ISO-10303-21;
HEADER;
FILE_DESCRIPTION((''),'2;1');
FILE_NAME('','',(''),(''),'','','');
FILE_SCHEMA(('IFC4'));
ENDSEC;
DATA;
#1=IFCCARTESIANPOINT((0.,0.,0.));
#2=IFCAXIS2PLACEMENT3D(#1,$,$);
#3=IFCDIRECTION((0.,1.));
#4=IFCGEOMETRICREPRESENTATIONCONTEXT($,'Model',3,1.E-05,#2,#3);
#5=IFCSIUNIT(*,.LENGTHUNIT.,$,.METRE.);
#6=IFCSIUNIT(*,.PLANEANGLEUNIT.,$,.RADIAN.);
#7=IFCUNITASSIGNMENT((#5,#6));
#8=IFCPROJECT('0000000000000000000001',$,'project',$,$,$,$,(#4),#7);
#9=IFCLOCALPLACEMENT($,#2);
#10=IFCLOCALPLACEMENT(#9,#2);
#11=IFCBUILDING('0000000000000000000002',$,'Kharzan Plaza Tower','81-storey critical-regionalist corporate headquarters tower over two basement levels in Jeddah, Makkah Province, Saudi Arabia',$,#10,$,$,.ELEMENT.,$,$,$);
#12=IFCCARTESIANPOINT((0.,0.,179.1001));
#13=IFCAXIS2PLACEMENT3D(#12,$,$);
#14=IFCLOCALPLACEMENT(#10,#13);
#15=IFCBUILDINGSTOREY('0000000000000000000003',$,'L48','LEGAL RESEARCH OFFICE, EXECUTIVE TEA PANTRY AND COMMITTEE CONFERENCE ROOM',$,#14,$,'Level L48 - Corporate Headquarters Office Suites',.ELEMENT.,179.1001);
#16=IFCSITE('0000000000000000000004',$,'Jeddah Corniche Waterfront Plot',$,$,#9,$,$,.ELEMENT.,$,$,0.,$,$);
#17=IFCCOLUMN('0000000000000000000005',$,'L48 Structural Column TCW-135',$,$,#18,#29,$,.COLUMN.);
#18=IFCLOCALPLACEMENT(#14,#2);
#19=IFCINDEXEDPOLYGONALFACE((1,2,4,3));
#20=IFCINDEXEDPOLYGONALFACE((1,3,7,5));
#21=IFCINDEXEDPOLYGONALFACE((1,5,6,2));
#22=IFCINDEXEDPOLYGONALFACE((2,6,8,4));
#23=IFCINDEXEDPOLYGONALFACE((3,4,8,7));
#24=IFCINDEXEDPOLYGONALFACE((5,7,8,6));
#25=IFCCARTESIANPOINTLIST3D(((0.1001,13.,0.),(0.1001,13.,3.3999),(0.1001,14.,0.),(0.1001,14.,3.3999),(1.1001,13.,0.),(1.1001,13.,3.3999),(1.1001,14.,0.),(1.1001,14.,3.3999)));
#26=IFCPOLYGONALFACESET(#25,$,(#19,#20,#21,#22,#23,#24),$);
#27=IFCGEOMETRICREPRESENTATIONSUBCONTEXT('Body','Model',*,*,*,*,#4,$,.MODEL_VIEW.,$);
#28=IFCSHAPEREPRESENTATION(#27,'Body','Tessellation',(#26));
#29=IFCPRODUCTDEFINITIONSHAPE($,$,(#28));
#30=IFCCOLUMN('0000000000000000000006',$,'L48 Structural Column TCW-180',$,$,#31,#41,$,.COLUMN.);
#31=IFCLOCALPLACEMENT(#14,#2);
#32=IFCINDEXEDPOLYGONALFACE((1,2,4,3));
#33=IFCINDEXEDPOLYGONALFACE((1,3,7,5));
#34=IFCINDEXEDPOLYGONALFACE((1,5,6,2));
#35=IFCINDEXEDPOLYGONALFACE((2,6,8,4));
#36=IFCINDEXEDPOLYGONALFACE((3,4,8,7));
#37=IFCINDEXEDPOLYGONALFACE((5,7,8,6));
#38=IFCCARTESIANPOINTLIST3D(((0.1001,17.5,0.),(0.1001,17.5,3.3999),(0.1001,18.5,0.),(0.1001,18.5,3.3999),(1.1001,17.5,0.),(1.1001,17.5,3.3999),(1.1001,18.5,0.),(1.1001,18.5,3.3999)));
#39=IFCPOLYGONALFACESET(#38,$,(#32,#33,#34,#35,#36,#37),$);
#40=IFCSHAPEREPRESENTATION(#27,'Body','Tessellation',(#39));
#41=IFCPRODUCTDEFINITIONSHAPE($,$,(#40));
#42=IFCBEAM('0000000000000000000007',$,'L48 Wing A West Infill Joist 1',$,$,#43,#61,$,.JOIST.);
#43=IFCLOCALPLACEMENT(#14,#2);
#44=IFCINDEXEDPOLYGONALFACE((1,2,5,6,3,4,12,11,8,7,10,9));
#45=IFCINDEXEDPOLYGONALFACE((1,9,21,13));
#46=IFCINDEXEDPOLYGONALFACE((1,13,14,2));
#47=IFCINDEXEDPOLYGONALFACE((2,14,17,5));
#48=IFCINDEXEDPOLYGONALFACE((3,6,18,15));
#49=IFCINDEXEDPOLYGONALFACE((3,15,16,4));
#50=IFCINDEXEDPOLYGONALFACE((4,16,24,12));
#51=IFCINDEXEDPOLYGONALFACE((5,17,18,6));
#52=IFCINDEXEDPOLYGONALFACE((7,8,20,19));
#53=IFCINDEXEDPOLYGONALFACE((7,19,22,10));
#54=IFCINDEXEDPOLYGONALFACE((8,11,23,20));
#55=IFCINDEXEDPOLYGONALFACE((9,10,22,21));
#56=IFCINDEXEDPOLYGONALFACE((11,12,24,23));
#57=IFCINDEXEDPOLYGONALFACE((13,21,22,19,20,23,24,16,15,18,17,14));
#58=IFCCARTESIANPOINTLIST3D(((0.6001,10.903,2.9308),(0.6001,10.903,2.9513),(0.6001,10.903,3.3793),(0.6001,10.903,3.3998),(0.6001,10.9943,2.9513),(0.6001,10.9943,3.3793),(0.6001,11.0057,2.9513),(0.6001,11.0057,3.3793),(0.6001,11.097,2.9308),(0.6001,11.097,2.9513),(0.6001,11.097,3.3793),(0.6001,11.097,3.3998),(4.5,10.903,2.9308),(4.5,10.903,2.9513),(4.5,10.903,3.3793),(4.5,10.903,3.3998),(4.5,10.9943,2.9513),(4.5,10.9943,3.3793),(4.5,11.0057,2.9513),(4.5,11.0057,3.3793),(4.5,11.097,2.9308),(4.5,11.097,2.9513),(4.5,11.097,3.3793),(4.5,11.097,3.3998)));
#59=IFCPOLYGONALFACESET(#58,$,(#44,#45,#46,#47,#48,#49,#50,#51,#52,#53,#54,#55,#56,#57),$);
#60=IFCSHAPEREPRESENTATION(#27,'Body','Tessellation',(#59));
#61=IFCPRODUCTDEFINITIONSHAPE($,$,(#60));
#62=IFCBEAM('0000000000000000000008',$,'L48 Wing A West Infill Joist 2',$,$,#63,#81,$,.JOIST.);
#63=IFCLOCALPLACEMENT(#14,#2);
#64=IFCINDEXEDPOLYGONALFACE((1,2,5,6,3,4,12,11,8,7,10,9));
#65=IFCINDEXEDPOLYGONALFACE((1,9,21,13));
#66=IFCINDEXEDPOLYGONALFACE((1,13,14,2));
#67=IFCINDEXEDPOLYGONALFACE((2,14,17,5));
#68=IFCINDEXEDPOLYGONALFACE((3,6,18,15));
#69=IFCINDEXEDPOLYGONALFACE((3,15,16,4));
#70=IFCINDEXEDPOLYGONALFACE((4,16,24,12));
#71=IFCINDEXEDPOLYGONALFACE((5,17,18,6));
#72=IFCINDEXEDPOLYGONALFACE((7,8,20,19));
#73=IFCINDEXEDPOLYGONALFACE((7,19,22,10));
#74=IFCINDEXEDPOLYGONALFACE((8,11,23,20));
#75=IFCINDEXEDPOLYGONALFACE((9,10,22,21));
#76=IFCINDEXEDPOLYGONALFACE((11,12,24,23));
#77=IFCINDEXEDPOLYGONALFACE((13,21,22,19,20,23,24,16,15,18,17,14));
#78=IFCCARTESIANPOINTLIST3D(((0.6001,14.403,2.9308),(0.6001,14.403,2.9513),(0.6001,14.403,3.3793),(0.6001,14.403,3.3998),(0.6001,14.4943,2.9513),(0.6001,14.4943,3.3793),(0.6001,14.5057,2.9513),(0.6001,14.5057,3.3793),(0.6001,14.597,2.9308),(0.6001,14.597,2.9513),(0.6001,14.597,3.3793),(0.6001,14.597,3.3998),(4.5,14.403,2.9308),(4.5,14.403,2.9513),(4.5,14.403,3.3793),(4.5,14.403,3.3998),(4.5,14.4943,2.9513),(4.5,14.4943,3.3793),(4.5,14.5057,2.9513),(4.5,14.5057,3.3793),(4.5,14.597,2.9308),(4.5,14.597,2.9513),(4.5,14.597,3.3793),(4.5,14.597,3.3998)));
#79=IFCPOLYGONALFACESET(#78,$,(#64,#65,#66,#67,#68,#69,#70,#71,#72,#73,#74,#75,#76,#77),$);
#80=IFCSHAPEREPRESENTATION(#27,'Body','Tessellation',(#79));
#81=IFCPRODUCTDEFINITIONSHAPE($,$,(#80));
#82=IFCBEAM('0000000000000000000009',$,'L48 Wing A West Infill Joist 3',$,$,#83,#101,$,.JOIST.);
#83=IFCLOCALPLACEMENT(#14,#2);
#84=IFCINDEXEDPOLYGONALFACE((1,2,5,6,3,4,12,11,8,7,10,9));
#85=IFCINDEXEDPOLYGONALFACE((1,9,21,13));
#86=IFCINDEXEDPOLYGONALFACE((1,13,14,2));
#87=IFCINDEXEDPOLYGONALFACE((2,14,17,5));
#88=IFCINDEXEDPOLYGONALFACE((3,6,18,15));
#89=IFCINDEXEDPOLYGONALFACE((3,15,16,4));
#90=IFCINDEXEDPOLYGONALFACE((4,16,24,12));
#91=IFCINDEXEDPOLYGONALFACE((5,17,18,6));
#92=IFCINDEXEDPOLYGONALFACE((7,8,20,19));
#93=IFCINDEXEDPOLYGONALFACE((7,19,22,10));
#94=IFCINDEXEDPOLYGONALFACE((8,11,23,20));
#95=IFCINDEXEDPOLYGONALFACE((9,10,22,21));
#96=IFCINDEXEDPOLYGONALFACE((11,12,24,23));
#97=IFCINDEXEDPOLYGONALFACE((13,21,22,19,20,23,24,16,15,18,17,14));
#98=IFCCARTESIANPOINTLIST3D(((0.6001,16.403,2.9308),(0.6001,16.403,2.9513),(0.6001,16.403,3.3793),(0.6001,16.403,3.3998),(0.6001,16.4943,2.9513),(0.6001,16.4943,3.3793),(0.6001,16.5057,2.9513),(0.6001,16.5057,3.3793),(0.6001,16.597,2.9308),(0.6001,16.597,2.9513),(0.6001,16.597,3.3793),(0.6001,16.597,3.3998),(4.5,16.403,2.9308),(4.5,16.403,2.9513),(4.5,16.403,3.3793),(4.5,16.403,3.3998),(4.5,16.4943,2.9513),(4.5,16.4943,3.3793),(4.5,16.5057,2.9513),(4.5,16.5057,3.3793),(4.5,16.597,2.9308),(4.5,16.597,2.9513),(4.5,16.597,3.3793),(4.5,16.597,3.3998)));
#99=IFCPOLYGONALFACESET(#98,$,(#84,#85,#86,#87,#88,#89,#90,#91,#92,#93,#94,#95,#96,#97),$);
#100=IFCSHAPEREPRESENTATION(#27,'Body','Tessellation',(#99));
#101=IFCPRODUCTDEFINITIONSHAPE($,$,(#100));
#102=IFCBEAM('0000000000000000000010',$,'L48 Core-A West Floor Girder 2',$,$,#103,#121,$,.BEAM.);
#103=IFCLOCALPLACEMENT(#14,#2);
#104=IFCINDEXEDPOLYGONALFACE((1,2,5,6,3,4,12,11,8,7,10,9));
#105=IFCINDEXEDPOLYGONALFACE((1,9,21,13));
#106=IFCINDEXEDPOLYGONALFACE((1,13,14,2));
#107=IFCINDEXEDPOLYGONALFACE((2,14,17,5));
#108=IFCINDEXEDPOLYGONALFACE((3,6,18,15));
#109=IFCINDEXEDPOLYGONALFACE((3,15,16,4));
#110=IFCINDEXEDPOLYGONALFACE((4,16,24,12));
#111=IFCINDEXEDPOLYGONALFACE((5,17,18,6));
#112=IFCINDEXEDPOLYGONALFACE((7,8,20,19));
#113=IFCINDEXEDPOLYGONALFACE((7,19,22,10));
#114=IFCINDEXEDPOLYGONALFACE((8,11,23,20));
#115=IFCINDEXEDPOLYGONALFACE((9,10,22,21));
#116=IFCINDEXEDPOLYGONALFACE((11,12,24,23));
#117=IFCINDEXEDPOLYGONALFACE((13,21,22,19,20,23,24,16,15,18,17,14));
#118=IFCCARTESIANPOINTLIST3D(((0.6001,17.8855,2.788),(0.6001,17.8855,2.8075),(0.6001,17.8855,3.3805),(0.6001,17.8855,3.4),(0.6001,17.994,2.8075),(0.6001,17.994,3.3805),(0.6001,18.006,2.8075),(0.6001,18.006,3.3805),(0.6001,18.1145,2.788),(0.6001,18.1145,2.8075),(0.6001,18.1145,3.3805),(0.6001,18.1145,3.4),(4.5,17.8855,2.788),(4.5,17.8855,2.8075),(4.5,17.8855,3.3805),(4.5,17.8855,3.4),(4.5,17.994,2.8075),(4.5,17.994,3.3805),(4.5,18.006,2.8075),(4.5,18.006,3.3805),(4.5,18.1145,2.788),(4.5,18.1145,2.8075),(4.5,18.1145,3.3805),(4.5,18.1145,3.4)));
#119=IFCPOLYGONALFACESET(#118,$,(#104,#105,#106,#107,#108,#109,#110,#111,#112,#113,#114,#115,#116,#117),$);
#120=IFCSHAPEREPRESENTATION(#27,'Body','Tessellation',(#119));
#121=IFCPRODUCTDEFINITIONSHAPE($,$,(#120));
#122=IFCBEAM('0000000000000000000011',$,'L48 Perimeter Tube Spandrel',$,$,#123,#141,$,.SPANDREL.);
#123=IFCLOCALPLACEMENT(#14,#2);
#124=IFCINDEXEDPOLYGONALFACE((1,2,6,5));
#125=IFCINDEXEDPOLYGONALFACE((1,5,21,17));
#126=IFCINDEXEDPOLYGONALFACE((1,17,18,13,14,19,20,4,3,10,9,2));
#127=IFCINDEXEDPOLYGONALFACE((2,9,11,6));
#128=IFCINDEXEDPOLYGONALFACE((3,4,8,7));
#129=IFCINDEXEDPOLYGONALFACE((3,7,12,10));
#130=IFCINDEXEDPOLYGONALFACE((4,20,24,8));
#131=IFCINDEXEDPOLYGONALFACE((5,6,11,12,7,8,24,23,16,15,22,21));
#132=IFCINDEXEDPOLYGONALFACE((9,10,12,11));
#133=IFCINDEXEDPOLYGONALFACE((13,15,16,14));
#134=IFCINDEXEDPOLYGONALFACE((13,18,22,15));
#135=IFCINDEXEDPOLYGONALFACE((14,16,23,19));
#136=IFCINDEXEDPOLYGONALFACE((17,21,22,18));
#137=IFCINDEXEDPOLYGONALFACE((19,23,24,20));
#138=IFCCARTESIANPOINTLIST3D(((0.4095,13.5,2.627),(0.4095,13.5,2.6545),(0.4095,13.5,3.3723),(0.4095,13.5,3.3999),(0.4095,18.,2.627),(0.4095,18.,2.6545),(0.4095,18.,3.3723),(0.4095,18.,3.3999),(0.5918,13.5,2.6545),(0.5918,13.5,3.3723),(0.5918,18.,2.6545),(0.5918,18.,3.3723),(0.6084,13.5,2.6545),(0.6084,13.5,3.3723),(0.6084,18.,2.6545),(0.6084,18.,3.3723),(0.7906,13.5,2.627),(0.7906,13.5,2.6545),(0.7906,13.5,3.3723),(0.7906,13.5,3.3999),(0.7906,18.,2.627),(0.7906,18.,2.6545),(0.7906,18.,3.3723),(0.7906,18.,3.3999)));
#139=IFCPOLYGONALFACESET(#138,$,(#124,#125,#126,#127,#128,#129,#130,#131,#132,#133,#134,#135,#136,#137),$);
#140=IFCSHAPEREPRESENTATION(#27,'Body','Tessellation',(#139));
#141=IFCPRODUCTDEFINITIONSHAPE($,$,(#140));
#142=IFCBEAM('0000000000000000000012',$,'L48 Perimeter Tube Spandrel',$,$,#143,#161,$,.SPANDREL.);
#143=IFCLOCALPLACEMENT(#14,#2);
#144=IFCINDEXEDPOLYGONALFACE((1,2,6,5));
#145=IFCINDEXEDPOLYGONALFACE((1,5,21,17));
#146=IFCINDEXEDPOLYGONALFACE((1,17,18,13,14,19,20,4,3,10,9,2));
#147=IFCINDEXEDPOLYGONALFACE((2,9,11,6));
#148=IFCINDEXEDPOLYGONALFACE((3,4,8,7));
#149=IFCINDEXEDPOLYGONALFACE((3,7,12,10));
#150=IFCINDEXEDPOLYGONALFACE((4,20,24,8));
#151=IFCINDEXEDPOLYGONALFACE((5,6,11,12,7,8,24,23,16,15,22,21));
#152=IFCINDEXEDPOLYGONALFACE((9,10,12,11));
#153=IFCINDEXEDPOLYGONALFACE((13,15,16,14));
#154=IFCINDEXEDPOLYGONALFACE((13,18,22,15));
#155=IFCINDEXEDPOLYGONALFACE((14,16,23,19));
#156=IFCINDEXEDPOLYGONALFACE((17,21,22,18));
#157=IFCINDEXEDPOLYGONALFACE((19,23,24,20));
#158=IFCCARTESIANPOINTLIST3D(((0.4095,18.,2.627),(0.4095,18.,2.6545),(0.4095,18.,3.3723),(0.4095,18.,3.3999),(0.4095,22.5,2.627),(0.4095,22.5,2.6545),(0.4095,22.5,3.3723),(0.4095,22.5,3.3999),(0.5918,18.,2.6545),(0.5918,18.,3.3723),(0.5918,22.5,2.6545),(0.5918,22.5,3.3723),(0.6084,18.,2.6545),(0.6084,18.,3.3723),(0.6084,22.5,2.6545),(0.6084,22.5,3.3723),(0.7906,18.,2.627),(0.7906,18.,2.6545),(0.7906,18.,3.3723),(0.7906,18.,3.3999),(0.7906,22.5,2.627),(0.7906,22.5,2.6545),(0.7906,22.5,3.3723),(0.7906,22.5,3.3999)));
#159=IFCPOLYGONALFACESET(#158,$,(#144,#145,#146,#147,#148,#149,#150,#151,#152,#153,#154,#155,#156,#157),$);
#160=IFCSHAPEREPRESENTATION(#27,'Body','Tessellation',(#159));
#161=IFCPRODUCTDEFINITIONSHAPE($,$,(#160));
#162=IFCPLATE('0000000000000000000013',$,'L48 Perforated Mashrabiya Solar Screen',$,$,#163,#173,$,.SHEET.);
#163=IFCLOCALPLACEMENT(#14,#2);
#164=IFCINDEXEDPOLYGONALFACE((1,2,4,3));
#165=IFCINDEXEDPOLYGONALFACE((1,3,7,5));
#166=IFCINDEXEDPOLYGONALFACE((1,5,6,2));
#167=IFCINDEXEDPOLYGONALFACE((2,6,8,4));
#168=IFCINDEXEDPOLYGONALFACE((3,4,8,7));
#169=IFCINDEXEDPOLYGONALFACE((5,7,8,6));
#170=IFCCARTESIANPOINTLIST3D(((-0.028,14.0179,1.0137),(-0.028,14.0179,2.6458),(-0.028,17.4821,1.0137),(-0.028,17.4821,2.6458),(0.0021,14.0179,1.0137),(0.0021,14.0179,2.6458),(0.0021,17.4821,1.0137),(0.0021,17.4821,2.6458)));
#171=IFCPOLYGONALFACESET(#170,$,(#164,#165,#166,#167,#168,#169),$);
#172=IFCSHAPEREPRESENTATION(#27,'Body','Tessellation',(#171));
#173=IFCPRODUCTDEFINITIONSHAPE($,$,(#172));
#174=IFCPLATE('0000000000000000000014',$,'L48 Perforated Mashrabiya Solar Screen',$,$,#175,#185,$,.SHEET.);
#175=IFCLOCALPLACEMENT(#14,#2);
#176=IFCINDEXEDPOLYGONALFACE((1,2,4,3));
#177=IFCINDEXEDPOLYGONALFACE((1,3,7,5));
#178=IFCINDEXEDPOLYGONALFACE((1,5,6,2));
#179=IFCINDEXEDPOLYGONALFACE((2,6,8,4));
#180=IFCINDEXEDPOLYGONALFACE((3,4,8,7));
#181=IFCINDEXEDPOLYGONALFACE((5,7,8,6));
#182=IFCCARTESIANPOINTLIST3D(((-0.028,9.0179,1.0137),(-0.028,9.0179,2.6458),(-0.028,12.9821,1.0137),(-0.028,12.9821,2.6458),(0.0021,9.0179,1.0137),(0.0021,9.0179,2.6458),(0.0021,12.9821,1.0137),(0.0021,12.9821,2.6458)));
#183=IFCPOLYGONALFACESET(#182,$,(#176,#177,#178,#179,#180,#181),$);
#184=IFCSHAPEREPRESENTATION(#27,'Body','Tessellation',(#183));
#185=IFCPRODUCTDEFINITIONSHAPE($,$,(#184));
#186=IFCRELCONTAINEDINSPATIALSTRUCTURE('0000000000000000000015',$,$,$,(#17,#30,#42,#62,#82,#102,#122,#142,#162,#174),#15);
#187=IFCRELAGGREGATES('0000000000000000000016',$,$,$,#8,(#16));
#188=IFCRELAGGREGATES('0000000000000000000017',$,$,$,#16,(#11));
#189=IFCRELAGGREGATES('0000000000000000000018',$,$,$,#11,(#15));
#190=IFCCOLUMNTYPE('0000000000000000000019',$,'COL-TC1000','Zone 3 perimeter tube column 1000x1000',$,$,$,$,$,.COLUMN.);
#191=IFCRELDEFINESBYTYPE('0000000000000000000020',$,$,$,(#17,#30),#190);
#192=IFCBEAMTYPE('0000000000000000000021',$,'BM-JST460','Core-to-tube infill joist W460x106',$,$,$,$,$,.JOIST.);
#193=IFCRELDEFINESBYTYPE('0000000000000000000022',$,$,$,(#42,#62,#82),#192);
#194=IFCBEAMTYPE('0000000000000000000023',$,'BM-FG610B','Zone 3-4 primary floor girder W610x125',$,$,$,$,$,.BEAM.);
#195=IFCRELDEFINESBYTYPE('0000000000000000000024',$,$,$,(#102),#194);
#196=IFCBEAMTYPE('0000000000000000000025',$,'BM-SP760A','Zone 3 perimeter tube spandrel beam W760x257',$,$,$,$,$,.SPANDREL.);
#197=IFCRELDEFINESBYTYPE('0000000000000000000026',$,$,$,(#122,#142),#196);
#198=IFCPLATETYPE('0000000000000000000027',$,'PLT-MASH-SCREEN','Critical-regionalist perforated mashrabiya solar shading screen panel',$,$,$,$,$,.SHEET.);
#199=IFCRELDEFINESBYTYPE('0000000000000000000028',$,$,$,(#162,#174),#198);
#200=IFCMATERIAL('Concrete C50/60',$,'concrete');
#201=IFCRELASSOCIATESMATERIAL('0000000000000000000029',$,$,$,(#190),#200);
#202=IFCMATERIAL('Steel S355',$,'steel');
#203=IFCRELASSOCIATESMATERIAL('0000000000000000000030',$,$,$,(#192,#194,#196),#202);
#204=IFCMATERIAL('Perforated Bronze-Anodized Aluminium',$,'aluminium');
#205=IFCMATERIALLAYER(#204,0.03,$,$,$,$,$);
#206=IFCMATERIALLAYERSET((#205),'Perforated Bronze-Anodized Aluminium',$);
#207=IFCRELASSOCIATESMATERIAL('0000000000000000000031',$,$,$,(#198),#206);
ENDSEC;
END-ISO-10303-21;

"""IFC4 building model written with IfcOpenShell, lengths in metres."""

from ifc_helpers import new_model, si_unit, direction, frame, origin, origin_2d, place, context, subcontext, project, spatial, rectangle, i_section, extrude, source, transform, mapped, material, layer, layer_set, material_profile, profile_set, type_object, element, save


model = new_model("IFC4")

# Units and contexts
model_context = context("Model", 3, precision=1e-05, world=origin(), true_north=direction((0.0, 1.0)))
body_context = subcontext(model_context, "Body", "Model", "MODEL_VIEW")
ifc_project = project(units=[si_unit("LENGTHUNIT", "METRE"), si_unit("PLANEANGLEUNIT", "RADIAN")], contexts=[model_context])

# Site, building, storey
site_placement = place(None, origin())
site = spatial("IfcSite", under=ifc_project, at=site_placement, Name="Jeddah Corniche Waterfront Plot", CompositionType="ELEMENT", RefElevation=0.0)
building_placement = place(site_placement, origin())
building = spatial("IfcBuilding", under=site, at=building_placement, Name="Kharzan Plaza Tower", Description="81-storey critical-regionalist corporate headquarters tower over two basement levels in Jeddah, Makkah Province, Saudi Arabia", CompositionType="ELEMENT")
storey_placement = place(building_placement, frame((0.0, 0.0, 179.1001)))
storey = spatial("IfcBuildingStorey", under=building, at=storey_placement, Name="L48", Description="LEGAL RESEARCH OFFICE, EXECUTIVE TEA PANTRY AND COMMITTEE CONFERENCE ROOM", LongName="Level L48 - Corporate Headquarters Office Suites", CompositionType="ELEMENT", Elevation=179.1001)

# Columns
ifc_material_1 = material(Name="Concrete C50/60", Category="concrete")
ifc_material_profile_1 = material_profile(ifc_material_1, rectangle(XDim=1.0, YDim=1.0, at=origin_2d()), Name="RC-TC1000x1000")
ifc_profile_set_1 = profile_set([ifc_material_profile_1], Name="Concrete C50/60")
column_type = type_object("IfcColumnType", Name="COL-TC1000", Description="Zone 3 perimeter tube column 1000x1000", PredefinedType="COLUMN", material=ifc_profile_set_1)
shared_shape_1 = source(origin(), body_context, "Body", "SweptSolid", [
    extrude(rectangle(XDim=1.0, YDim=1.0, at=origin_2d()), origin(), (0.0, 0.0, 1.0), 3.3999),
])
for number, where, z_axis, x_axis, name in (
    (1, (0.6001, 13.5, 0.0), (0.0, 0.0, 1.0), (1.0, 0.0, 0.0), "L48 Structural Column TCW-135"),
    (2, (0.6001, 18.0, 0.0), (0.0, 0.0, 1.0), (1.0, 0.0, 0.0), "L48 Structural Column TCW-180"),
):
    element("IfcColumn", number, at=place(storey_placement, frame(where, z_axis=z_axis, x_axis=x_axis)), inside=storey, type_object=column_type, Name=name, PredefinedType="COLUMN", context=body_context, shape_type="MappedRepresentation", body=[
        mapped(shared_shape_1, transform((0.0, 0.0, 0.0), x_axis=(1.0, 0.0, 0.0), y_axis=(0.0, 1.0, 0.0), z_axis=(0.0, 0.0, 1.0))),
    ])

# Beams
ifc_material_2 = material(Name="Steel S355", Category="steel")
ifc_material_profile_2 = material_profile(ifc_material_2, i_section(OverallWidth=0.1941, OverallDepth=0.469, WebThickness=0.0115, FlangeThickness=0.0205, at=origin_2d()), Name="W460x106")
ifc_profile_set_2 = profile_set([ifc_material_profile_2], Name="Steel S355")
beam_type_1 = type_object("IfcBeamType", Name="BM-JST460", Description="Core-to-tube infill joist W460x106", PredefinedType="JOIST", material=ifc_profile_set_2)
shared_shape_2 = source(origin(), body_context, "Body", "SweptSolid", [
    extrude(i_section(OverallWidth=0.1941, OverallDepth=0.469, WebThickness=0.0115, FlangeThickness=0.0205, at=origin_2d()), origin(), (0.0, 0.0, 1.0), 3.8999),
])
for number, where, z_axis, x_axis, name in (
    (3, (0.6001, 11.0, 3.1653), (1.0, 0.0, 0.0), (0.0, 1.0, 0.0), "L48 Wing A West Infill Joist 1"),
    (4, (0.6001, 14.5, 3.1653), (1.0, 0.0, 0.0), (0.0, 1.0, 0.0), "L48 Wing A West Infill Joist 2"),
    (5, (0.6001, 16.5, 3.1653), (1.0, 0.0, 0.0), (0.0, 1.0, 0.0), "L48 Wing A West Infill Joist 3"),
):
    element("IfcBeam", number, at=place(storey_placement, frame(where, z_axis=z_axis, x_axis=x_axis)), inside=storey, type_object=beam_type_1, Name=name, PredefinedType="JOIST", context=body_context, shape_type="MappedRepresentation", body=[
        mapped(shared_shape_2, transform((0.0, 0.0, 0.0), x_axis=(1.0, 0.0, 0.0), y_axis=(0.0, 1.0, 0.0), z_axis=(0.0, 0.0, 1.0))),
    ])
ifc_material_profile_3 = material_profile(ifc_material_2, i_section(OverallWidth=0.229, OverallDepth=0.6121, WebThickness=0.012, FlangeThickness=0.0195, at=origin_2d()), Name="W610x125")
ifc_profile_set_3 = profile_set([ifc_material_profile_3], Name="Steel S355")
beam_type_2 = type_object("IfcBeamType", Name="BM-FG610B", Description="Zone 3-4 primary floor girder W610x125", PredefinedType="BEAM", material=ifc_profile_set_3)
shared_shape_3 = source(origin(), body_context, "Body", "SweptSolid", [
    extrude(i_section(OverallWidth=0.229, OverallDepth=0.6121, WebThickness=0.012, FlangeThickness=0.0195, at=origin_2d()), origin(), (0.0, 0.0, 1.0), 3.8999),
])
beam_placement = place(storey_placement, frame((0.6001, 18.0, 3.094), z_axis=(1.0, 0.0, 0.0), x_axis=(0.0, 1.0, 0.0)))
element("IfcBeam", 6, at=beam_placement, inside=storey, type_object=beam_type_2, Name="L48 Core-A West Floor Girder 2", PredefinedType="BEAM", context=body_context, shape_type="MappedRepresentation", body=[
    mapped(shared_shape_3, transform((0.0, 0.0, 0.0), x_axis=(1.0, 0.0, 0.0), y_axis=(0.0, 1.0, 0.0), z_axis=(0.0, 0.0, 1.0))),
])
ifc_material_profile_4 = material_profile(ifc_material_2, i_section(OverallWidth=0.3811, OverallDepth=0.7729, WebThickness=0.0166, FlangeThickness=0.0276, at=origin_2d()), Name="W760x257")
ifc_profile_set_4 = profile_set([ifc_material_profile_4], Name="Steel S355")
beam_type_3 = type_object("IfcBeamType", Name="BM-SP760A", Description="Zone 3 perimeter tube spandrel beam W760x257", PredefinedType="SPANDREL", material=ifc_profile_set_4)
shared_shape_4 = source(origin(), body_context, "Body", "SweptSolid", [
    extrude(i_section(OverallWidth=0.3811, OverallDepth=0.7729, WebThickness=0.0166, FlangeThickness=0.0276, at=origin_2d()), origin(), (0.0, 0.0, 1.0), 4.5),
])
for number, where, z_axis, x_axis, name in (
    (7, (0.6001, 13.5, 3.0134), (0.0, 1.0, 0.0), (-1.0, 0.0, 0.0), "L48 Perimeter Tube Spandrel"),
    (8, (0.6001, 18.0, 3.0134), (0.0, 1.0, 0.0), (-1.0, 0.0, 0.0), "L48 Perimeter Tube Spandrel"),
):
    element("IfcBeam", number, at=place(storey_placement, frame(where, z_axis=z_axis, x_axis=x_axis)), inside=storey, type_object=beam_type_3, Name=name, PredefinedType="SPANDREL", context=body_context, shape_type="MappedRepresentation", body=[
        mapped(shared_shape_4, transform((0.0, 0.0, 0.0), x_axis=(1.0, 0.0, 0.0), y_axis=(0.0, 1.0, 0.0), z_axis=(0.0, 0.0, 1.0))),
    ])

# Plates
ifc_material_3 = material(Name="Perforated Bronze-Anodized Aluminium", Category="aluminium")
ifc_layer_1 = layer(ifc_material_3, 0.03)
ifc_layer_set_1 = layer_set([ifc_layer_1], Name="Perforated Bronze-Anodized Aluminium")
plate_type = type_object("IfcPlateType", Name="PLT-MASH-SCREEN", Description="Critical-regionalist perforated mashrabiya solar shading screen panel", PredefinedType="SHEET", material=ifc_layer_set_1)
shared_shape_5 = source(origin(), body_context, "Body", "SweptSolid", [
    extrude(rectangle(XDim=3.4641, YDim=0.03, at=origin_2d()), origin(), (0.0, 0.0, 1.0), 1.6321),
])
plate_1_placement = place(storey_placement, frame((-0.0129, 15.75, 1.0137), z_axis=(0.0, 0.0, 1.0), x_axis=(0.0, -1.0, 0.0)))
element("IfcPlate", 9, at=plate_1_placement, inside=storey, type_object=plate_type, Name="L48 Perforated Mashrabiya Solar Screen", PredefinedType="SHEET", context=body_context, shape_type="MappedRepresentation", body=[
    mapped(shared_shape_5, transform((0.0, 0.0, 0.0), x_axis=(1.0, 0.0, 0.0), y_axis=(0.0, 1.0, 0.0), z_axis=(0.0, 0.0, 1.0))),
])
shared_shape_6 = source(origin(), body_context, "Body", "SweptSolid", [
    extrude(rectangle(XDim=3.9641, YDim=0.03, at=origin_2d()), origin(), (0.0, 0.0, 1.0), 1.6321),
])
plate_2_placement = place(storey_placement, frame((-0.0129, 11.0, 1.0137), z_axis=(0.0, 0.0, 1.0), x_axis=(0.0, -1.0, 0.0)))
element("IfcPlate", 10, at=plate_2_placement, inside=storey, type_object=plate_type, Name="L48 Perforated Mashrabiya Solar Screen", PredefinedType="SHEET", context=body_context, shape_type="MappedRepresentation", body=[
    mapped(shared_shape_6, transform((0.0, 0.0, 0.0), x_axis=(1.0, 0.0, 0.0), y_axis=(0.0, 1.0, 0.0), z_axis=(0.0, 0.0, 1.0))),
])

save(model, "model.ifc")
